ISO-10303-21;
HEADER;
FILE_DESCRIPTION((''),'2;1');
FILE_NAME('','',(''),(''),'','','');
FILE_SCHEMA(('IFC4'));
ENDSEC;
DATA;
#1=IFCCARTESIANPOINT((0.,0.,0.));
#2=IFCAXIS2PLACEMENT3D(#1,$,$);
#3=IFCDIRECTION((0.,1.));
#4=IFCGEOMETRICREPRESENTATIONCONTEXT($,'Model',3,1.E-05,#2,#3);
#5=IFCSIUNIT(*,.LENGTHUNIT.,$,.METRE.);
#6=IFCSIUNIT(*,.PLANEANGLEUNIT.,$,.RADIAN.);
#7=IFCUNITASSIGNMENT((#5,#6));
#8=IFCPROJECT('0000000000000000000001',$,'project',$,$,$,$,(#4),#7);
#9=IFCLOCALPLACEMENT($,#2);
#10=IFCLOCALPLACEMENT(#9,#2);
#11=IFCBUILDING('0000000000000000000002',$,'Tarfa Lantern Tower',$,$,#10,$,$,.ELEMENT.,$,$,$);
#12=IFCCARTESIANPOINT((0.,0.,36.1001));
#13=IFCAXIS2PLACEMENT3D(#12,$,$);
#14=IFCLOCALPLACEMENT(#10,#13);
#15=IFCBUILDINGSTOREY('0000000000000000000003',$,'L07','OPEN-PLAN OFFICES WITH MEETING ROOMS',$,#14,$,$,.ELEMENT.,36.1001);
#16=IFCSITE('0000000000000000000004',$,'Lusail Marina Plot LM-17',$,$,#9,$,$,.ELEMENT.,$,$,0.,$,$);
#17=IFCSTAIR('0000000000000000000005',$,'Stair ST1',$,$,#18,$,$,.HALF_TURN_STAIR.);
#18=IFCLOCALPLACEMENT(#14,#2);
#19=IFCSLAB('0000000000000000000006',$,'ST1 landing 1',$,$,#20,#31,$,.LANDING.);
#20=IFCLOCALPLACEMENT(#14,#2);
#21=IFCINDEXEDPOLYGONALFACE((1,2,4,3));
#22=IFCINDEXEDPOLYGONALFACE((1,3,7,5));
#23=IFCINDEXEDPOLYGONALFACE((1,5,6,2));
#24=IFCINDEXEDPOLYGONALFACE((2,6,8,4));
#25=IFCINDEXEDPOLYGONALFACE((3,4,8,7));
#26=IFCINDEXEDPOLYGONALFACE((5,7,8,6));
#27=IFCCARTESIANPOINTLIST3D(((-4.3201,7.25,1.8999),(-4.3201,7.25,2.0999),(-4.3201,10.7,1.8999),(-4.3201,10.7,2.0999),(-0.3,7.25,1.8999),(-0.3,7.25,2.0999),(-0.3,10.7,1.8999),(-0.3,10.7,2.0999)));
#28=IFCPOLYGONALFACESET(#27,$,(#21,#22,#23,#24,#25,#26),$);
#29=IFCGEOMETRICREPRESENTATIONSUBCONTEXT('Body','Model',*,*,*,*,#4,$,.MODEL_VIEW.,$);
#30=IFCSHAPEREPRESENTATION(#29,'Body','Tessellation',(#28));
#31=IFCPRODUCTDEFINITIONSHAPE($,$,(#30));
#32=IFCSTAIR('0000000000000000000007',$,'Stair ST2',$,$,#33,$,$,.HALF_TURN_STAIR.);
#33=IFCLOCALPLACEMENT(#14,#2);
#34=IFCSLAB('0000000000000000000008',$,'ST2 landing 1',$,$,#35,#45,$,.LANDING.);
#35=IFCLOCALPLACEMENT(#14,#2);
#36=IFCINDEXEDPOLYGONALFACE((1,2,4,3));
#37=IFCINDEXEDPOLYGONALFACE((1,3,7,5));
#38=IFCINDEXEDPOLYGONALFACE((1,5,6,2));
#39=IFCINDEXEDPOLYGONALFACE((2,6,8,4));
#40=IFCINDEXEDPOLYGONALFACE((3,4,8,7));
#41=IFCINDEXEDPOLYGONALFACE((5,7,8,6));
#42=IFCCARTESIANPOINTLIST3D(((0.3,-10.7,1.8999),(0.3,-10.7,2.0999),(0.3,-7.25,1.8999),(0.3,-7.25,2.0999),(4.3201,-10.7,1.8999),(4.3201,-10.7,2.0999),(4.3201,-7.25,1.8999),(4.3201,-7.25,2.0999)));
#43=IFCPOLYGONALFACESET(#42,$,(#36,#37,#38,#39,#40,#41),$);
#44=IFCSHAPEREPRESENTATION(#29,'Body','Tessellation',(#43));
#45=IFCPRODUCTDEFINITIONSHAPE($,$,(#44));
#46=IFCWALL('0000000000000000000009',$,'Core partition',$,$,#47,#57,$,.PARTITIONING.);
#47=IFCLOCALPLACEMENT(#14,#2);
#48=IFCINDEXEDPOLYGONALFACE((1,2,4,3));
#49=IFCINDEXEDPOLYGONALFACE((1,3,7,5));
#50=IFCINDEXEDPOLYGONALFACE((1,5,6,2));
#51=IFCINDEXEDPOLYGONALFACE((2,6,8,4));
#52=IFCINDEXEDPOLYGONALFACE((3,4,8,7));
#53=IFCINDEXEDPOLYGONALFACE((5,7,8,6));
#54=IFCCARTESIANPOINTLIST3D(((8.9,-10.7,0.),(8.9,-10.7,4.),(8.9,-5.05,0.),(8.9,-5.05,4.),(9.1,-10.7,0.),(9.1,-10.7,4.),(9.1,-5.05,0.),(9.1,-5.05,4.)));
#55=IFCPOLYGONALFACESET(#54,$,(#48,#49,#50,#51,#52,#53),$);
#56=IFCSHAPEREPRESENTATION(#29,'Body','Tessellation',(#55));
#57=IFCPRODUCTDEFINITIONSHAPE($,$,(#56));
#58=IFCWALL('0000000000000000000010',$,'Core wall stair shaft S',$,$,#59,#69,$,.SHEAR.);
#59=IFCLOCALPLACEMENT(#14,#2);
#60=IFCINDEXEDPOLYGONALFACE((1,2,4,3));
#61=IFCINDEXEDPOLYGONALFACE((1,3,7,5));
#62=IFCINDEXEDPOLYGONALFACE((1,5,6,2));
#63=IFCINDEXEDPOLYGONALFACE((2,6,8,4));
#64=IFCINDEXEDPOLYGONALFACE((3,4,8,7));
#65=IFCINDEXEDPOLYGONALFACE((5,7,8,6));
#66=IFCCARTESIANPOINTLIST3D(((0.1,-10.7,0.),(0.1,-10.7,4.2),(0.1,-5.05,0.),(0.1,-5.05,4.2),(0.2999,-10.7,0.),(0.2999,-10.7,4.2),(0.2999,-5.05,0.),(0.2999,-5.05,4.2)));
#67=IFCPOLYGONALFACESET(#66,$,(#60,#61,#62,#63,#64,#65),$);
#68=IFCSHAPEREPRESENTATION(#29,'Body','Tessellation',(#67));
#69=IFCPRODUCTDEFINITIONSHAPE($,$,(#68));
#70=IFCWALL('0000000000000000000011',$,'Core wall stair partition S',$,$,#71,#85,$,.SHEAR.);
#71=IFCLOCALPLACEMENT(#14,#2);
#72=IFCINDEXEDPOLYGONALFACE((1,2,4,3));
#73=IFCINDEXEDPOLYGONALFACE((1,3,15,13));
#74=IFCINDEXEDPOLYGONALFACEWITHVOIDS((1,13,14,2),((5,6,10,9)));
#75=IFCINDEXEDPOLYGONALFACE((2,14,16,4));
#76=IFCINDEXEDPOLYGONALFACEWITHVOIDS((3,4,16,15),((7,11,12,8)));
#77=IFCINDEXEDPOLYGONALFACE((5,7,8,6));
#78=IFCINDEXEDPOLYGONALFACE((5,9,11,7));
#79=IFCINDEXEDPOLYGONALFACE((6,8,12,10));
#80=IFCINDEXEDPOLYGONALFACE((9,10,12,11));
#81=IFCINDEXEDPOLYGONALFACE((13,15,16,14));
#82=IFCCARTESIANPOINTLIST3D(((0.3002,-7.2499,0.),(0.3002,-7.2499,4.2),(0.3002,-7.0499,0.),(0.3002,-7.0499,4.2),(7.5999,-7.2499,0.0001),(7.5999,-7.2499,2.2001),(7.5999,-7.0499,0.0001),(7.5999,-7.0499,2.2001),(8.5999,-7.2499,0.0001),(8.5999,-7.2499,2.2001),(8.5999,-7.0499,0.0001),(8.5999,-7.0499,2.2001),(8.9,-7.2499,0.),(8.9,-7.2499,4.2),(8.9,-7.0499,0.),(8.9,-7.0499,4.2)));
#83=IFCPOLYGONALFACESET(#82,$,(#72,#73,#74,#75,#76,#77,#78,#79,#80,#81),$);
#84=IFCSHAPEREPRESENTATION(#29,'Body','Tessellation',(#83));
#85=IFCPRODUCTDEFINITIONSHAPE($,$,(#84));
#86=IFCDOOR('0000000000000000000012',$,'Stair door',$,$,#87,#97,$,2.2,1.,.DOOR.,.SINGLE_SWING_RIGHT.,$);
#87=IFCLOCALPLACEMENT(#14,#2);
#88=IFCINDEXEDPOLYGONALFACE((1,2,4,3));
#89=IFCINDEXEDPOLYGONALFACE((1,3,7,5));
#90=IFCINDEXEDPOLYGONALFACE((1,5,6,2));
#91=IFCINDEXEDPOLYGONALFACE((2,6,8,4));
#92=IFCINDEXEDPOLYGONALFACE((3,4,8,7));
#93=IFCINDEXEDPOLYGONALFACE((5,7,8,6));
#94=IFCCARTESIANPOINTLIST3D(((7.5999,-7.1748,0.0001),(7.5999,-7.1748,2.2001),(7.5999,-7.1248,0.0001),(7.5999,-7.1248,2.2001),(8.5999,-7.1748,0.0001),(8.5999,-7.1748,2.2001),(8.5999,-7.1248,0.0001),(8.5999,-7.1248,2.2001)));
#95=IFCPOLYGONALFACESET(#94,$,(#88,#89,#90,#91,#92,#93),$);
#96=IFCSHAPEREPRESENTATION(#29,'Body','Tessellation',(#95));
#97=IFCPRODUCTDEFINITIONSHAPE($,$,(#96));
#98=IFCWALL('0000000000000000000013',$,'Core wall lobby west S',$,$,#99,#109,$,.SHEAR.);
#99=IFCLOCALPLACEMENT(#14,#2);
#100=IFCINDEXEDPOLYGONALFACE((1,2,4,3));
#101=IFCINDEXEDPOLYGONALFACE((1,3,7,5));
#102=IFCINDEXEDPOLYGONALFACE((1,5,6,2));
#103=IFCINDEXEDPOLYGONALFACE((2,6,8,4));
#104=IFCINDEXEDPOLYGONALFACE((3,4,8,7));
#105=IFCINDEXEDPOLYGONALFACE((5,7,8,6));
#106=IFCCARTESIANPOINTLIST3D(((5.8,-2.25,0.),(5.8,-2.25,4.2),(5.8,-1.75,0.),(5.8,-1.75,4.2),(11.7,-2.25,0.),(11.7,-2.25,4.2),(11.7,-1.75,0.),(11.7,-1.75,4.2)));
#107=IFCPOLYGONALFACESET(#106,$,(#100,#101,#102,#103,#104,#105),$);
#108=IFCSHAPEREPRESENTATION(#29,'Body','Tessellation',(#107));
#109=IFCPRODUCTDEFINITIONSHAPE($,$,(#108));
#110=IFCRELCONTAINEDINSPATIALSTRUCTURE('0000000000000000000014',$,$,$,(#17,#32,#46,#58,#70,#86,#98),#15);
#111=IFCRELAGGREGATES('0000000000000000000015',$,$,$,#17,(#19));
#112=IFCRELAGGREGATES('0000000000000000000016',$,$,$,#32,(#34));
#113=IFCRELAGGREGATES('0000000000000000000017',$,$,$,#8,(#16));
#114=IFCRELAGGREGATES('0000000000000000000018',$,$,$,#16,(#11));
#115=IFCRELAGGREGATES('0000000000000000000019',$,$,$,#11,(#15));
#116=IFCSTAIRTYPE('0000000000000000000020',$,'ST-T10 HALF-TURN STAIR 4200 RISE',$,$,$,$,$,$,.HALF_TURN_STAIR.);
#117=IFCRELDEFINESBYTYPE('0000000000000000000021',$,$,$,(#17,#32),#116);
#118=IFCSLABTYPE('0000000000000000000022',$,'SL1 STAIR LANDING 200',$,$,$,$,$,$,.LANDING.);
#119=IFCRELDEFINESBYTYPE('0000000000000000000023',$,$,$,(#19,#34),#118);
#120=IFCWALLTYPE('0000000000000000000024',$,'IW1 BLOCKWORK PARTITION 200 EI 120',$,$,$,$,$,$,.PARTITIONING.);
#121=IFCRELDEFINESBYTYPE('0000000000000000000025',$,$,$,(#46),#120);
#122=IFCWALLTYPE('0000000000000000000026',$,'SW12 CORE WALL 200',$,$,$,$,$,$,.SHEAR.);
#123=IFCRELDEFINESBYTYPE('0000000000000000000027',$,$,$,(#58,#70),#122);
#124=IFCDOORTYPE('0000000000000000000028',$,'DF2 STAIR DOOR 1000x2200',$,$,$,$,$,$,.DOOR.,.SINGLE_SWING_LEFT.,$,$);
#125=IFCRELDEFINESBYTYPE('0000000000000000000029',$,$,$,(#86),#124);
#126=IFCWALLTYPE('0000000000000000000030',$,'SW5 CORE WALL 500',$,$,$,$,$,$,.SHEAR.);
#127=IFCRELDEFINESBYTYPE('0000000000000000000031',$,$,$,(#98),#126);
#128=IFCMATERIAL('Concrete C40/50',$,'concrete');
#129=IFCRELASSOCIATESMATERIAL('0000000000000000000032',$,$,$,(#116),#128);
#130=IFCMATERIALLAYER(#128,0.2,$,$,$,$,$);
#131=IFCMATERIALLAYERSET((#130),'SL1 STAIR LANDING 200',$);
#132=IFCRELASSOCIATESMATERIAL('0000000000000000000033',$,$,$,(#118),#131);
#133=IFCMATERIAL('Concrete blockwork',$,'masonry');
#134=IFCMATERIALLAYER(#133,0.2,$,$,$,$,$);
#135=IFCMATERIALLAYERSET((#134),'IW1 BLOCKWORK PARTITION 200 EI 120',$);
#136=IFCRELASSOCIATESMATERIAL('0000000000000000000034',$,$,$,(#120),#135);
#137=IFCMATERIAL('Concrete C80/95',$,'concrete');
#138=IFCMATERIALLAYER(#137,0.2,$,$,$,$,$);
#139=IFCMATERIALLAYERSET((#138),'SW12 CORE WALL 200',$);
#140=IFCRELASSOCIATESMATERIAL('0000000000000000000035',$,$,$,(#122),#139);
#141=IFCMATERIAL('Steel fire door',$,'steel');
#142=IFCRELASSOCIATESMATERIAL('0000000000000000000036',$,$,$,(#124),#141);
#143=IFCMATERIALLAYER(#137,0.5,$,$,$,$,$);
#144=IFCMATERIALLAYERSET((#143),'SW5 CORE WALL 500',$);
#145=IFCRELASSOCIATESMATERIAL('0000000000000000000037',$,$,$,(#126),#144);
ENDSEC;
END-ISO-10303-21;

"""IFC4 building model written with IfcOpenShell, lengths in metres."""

from ifc_helpers import new_model, si_unit, direction, frame, frame_2d, origin, place, context, subcontext, project, spatial, polyline, rectangle, outline, extrude, material, layer, layer_set, type_object, element, fill, aggregate, save


model = new_model("IFC4")

# Units and contexts
model_context = context("Model", 3, precision=1e-05, world=origin(), true_north=direction((0.0, 1.0)))
body_context = subcontext(model_context, "Body", "Model", "MODEL_VIEW")
ifc_project = project(units=[si_unit("LENGTHUNIT", "METRE"), si_unit("PLANEANGLEUNIT", "RADIAN")], contexts=[model_context])

# Site, building, storey
site_placement = place(None, origin())
site = spatial("IfcSite", under=ifc_project, at=site_placement, Name="Lusail Marina Plot LM-17", CompositionType="ELEMENT", RefElevation=0.0)
building_placement = place(site_placement, origin())
building = spatial("IfcBuilding", under=site, at=building_placement, Name="Tarfa Lantern Tower", CompositionType="ELEMENT")
storey_placement = place(building_placement, frame((0.0, 0.0, 36.1001)))
storey = spatial("IfcBuildingStorey", under=building, at=storey_placement, Name="L07", Description="OPEN-PLAN OFFICES WITH MEETING ROOMS", CompositionType="ELEMENT", Elevation=36.1001)

# Stairs, slabs
ifc_material_1 = material(Name="Concrete C40/50", Category="concrete")
stair_type = type_object("IfcStairType", Name="ST-T10 HALF-TURN STAIR 4200 RISE", PredefinedType="HALF_TURN_STAIR", material=ifc_material_1)
stair_1_placement = place(storey_placement, origin())
stair_1 = element("IfcStair", 1, at=stair_1_placement, inside=storey, type_object=stair_type, Name="Stair ST1", PredefinedType="HALF_TURN_STAIR")
ifc_layer_1 = layer(ifc_material_1, 0.2)
ifc_layer_set_1 = layer_set([ifc_layer_1], Name="SL1 STAIR LANDING 200")
slab_type = type_object("IfcSlabType", Name="SL1 STAIR LANDING 200", PredefinedType="LANDING", material=ifc_layer_set_1)
slab_1_placement = place(storey_placement, frame((0.0, 0.0, 1.8999)))
slab_1 = element("IfcSlab", 2, at=slab_1_placement, type_object=slab_type, Name="ST1 landing 1", PredefinedType="LANDING", context=body_context, shape_type="SweptSolid", body=[
    extrude(outline(polyline([(-4.3201, 7.25), (-0.3, 7.25), (-0.3, 10.7), (-4.3201, 10.7), (-4.3201, 7.25)])), origin(), (0.0, 0.0, 1.0), 0.2),
])
aggregate(stair_1, [slab_1])
stair_2_placement = place(storey_placement, origin())
stair_2 = element("IfcStair", 3, at=stair_2_placement, inside=storey, type_object=stair_type, Name="Stair ST2", PredefinedType="HALF_TURN_STAIR")
slab_2_placement = place(storey_placement, frame((0.0, 0.0, 1.8999)))
slab_2 = element("IfcSlab", 4, at=slab_2_placement, type_object=slab_type, Name="ST2 landing 1", PredefinedType="LANDING", context=body_context, shape_type="SweptSolid", body=[
    extrude(outline(polyline([(4.3201, -7.25), (0.3, -7.25), (0.3, -10.7), (4.3201, -10.7), (4.3201, -7.25)])), origin(), (0.0, 0.0, 1.0), 0.2),
])

# Walls
ifc_material_2 = material(Name="Concrete blockwork", Category="masonry")
ifc_layer_2 = layer(ifc_material_2, 0.2)
ifc_layer_set_2 = layer_set([ifc_layer_2], Name="IW1 BLOCKWORK PARTITION 200 EI 120")
wall_type_1 = type_object("IfcWallType", Name="IW1 BLOCKWORK PARTITION 200 EI 120", PredefinedType="PARTITIONING", material=ifc_layer_set_2)
wall_1_placement = place(storey_placement, frame((9.0, -5.05, 0.0), z_axis=(0.0, 0.0, 1.0), x_axis=(0.0, -1.0, 0.0)))
element("IfcWall", 5, at=wall_1_placement, inside=storey, type_object=wall_type_1, Name="Core partition", PredefinedType="PARTITIONING", context=body_context, shape_type="SweptSolid", body=[
    extrude(rectangle(XDim=5.6499, YDim=0.2, at=frame_2d((2.825, 0.0))), origin(), (0.0, 0.0, 1.0), 4.0),
])
ifc_material_3 = material(Name="Concrete C80/95", Category="concrete")
ifc_layer_3 = layer(ifc_material_3, 0.2)
ifc_layer_set_3 = layer_set([ifc_layer_3], Name="SW12 CORE WALL 200")
wall_type_2 = type_object("IfcWallType", Name="SW12 CORE WALL 200", PredefinedType="SHEAR", material=ifc_layer_set_3)
wall_2_placement = place(storey_placement, frame((0.2, -5.05, 0.0), z_axis=(0.0, 0.0, 1.0), x_axis=(0.0, -1.0, 0.0)))
element("IfcWall", 6, at=wall_2_placement, inside=storey, type_object=wall_type_2, Name="Core wall stair shaft S", PredefinedType="SHEAR", context=body_context, shape_type="SweptSolid", body=[
    extrude(rectangle(XDim=5.6499, YDim=0.2, at=frame_2d((2.825, 0.0))), origin(), (0.0, 0.0, 1.0), 4.2),
])

# Wall, opening, door
wall_3_placement = place(storey_placement, frame((8.8999, -7.1499, 0.0), z_axis=(0.0, 0.0, 1.0), x_axis=(-1.0, 0.0, 0.0)))
wall_3 = element("IfcWall", 7, at=wall_3_placement, inside=storey, type_object=wall_type_2, Name="Core wall stair partition S", PredefinedType="SHEAR", context=body_context, shape_type="SweptSolid", body=[
    extrude(rectangle(XDim=8.5999, YDim=0.2, at=frame_2d((4.2998, 0.0))), origin(), (0.0, 0.0, 1.0), 4.2),
])
opening_1_placement = place(wall_3_placement, frame((0.3, 0.0, 0.0)))
opening_1 = element("IfcOpeningElement", 8, at=opening_1_placement, cuts=wall_3, PredefinedType="OPENING", context=body_context, shape_type="SweptSolid", body=[
    extrude(rectangle(XDim=1.0, YDim=2.2, at=frame_2d((0.5, 1.1001))), frame((0.0, 0.1099, 0.0), z_axis=(0.0, -1.0, 0.0), x_axis=(1.0, 0.0, 0.0)), (0.0, 0.0, 1.0), 0.22),
])
ifc_material_4 = material(Name="Steel fire door", Category="steel")
door_type_1 = type_object("IfcDoorType", Name="DF2 STAIR DOOR 1000x2200", OperationType="SINGLE_SWING_LEFT", PredefinedType="DOOR", material=ifc_material_4)
door_1_placement = place(opening_1_placement, origin())
door_1 = element("IfcDoor", 9, at=door_1_placement, inside=storey, type_object=door_type_1, Name="Stair door", OperationType="SINGLE_SWING_RIGHT", OverallHeight=2.2, OverallWidth=1.0, PredefinedType="DOOR", context=body_context, shape_type="SweptSolid", body=[
    extrude(rectangle(XDim=1.0, YDim=2.2, at=frame_2d((0.5, 1.1001))), frame((0.0, 0.0249, 0.0), z_axis=(0.0, -1.0, 0.0), x_axis=(1.0, 0.0, 0.0)), (0.0, 0.0, 1.0), 0.05),
])
fill(opening_1, door_1)

# Wall
ifc_layer_4 = layer(ifc_material_3, 0.5)
ifc_layer_set_4 = layer_set([ifc_layer_4], Name="SW5 CORE WALL 500")
wall_type_3 = type_object("IfcWallType", Name="SW5 CORE WALL 500", PredefinedType="SHEAR", material=ifc_layer_set_4)
wall_4_placement = place(storey_placement, frame((11.7, -2.0, 0.0), z_axis=(0.0, 0.0, 1.0), x_axis=(-1.0, 0.0, 0.0)))
element("IfcWall", 10, at=wall_4_placement, inside=storey, type_object=wall_type_3, Name="Core wall lobby west S", PredefinedType="SHEAR", context=body_context, shape_type="SweptSolid", body=[
    extrude(rectangle(XDim=5.8999, YDim=0.5, at=frame_2d((2.95, 0.0))), origin(), (0.0, 0.0, 1.0), 4.2),
])

aggregate(stair_2, [slab_2])

save(model, "model.ifc")
